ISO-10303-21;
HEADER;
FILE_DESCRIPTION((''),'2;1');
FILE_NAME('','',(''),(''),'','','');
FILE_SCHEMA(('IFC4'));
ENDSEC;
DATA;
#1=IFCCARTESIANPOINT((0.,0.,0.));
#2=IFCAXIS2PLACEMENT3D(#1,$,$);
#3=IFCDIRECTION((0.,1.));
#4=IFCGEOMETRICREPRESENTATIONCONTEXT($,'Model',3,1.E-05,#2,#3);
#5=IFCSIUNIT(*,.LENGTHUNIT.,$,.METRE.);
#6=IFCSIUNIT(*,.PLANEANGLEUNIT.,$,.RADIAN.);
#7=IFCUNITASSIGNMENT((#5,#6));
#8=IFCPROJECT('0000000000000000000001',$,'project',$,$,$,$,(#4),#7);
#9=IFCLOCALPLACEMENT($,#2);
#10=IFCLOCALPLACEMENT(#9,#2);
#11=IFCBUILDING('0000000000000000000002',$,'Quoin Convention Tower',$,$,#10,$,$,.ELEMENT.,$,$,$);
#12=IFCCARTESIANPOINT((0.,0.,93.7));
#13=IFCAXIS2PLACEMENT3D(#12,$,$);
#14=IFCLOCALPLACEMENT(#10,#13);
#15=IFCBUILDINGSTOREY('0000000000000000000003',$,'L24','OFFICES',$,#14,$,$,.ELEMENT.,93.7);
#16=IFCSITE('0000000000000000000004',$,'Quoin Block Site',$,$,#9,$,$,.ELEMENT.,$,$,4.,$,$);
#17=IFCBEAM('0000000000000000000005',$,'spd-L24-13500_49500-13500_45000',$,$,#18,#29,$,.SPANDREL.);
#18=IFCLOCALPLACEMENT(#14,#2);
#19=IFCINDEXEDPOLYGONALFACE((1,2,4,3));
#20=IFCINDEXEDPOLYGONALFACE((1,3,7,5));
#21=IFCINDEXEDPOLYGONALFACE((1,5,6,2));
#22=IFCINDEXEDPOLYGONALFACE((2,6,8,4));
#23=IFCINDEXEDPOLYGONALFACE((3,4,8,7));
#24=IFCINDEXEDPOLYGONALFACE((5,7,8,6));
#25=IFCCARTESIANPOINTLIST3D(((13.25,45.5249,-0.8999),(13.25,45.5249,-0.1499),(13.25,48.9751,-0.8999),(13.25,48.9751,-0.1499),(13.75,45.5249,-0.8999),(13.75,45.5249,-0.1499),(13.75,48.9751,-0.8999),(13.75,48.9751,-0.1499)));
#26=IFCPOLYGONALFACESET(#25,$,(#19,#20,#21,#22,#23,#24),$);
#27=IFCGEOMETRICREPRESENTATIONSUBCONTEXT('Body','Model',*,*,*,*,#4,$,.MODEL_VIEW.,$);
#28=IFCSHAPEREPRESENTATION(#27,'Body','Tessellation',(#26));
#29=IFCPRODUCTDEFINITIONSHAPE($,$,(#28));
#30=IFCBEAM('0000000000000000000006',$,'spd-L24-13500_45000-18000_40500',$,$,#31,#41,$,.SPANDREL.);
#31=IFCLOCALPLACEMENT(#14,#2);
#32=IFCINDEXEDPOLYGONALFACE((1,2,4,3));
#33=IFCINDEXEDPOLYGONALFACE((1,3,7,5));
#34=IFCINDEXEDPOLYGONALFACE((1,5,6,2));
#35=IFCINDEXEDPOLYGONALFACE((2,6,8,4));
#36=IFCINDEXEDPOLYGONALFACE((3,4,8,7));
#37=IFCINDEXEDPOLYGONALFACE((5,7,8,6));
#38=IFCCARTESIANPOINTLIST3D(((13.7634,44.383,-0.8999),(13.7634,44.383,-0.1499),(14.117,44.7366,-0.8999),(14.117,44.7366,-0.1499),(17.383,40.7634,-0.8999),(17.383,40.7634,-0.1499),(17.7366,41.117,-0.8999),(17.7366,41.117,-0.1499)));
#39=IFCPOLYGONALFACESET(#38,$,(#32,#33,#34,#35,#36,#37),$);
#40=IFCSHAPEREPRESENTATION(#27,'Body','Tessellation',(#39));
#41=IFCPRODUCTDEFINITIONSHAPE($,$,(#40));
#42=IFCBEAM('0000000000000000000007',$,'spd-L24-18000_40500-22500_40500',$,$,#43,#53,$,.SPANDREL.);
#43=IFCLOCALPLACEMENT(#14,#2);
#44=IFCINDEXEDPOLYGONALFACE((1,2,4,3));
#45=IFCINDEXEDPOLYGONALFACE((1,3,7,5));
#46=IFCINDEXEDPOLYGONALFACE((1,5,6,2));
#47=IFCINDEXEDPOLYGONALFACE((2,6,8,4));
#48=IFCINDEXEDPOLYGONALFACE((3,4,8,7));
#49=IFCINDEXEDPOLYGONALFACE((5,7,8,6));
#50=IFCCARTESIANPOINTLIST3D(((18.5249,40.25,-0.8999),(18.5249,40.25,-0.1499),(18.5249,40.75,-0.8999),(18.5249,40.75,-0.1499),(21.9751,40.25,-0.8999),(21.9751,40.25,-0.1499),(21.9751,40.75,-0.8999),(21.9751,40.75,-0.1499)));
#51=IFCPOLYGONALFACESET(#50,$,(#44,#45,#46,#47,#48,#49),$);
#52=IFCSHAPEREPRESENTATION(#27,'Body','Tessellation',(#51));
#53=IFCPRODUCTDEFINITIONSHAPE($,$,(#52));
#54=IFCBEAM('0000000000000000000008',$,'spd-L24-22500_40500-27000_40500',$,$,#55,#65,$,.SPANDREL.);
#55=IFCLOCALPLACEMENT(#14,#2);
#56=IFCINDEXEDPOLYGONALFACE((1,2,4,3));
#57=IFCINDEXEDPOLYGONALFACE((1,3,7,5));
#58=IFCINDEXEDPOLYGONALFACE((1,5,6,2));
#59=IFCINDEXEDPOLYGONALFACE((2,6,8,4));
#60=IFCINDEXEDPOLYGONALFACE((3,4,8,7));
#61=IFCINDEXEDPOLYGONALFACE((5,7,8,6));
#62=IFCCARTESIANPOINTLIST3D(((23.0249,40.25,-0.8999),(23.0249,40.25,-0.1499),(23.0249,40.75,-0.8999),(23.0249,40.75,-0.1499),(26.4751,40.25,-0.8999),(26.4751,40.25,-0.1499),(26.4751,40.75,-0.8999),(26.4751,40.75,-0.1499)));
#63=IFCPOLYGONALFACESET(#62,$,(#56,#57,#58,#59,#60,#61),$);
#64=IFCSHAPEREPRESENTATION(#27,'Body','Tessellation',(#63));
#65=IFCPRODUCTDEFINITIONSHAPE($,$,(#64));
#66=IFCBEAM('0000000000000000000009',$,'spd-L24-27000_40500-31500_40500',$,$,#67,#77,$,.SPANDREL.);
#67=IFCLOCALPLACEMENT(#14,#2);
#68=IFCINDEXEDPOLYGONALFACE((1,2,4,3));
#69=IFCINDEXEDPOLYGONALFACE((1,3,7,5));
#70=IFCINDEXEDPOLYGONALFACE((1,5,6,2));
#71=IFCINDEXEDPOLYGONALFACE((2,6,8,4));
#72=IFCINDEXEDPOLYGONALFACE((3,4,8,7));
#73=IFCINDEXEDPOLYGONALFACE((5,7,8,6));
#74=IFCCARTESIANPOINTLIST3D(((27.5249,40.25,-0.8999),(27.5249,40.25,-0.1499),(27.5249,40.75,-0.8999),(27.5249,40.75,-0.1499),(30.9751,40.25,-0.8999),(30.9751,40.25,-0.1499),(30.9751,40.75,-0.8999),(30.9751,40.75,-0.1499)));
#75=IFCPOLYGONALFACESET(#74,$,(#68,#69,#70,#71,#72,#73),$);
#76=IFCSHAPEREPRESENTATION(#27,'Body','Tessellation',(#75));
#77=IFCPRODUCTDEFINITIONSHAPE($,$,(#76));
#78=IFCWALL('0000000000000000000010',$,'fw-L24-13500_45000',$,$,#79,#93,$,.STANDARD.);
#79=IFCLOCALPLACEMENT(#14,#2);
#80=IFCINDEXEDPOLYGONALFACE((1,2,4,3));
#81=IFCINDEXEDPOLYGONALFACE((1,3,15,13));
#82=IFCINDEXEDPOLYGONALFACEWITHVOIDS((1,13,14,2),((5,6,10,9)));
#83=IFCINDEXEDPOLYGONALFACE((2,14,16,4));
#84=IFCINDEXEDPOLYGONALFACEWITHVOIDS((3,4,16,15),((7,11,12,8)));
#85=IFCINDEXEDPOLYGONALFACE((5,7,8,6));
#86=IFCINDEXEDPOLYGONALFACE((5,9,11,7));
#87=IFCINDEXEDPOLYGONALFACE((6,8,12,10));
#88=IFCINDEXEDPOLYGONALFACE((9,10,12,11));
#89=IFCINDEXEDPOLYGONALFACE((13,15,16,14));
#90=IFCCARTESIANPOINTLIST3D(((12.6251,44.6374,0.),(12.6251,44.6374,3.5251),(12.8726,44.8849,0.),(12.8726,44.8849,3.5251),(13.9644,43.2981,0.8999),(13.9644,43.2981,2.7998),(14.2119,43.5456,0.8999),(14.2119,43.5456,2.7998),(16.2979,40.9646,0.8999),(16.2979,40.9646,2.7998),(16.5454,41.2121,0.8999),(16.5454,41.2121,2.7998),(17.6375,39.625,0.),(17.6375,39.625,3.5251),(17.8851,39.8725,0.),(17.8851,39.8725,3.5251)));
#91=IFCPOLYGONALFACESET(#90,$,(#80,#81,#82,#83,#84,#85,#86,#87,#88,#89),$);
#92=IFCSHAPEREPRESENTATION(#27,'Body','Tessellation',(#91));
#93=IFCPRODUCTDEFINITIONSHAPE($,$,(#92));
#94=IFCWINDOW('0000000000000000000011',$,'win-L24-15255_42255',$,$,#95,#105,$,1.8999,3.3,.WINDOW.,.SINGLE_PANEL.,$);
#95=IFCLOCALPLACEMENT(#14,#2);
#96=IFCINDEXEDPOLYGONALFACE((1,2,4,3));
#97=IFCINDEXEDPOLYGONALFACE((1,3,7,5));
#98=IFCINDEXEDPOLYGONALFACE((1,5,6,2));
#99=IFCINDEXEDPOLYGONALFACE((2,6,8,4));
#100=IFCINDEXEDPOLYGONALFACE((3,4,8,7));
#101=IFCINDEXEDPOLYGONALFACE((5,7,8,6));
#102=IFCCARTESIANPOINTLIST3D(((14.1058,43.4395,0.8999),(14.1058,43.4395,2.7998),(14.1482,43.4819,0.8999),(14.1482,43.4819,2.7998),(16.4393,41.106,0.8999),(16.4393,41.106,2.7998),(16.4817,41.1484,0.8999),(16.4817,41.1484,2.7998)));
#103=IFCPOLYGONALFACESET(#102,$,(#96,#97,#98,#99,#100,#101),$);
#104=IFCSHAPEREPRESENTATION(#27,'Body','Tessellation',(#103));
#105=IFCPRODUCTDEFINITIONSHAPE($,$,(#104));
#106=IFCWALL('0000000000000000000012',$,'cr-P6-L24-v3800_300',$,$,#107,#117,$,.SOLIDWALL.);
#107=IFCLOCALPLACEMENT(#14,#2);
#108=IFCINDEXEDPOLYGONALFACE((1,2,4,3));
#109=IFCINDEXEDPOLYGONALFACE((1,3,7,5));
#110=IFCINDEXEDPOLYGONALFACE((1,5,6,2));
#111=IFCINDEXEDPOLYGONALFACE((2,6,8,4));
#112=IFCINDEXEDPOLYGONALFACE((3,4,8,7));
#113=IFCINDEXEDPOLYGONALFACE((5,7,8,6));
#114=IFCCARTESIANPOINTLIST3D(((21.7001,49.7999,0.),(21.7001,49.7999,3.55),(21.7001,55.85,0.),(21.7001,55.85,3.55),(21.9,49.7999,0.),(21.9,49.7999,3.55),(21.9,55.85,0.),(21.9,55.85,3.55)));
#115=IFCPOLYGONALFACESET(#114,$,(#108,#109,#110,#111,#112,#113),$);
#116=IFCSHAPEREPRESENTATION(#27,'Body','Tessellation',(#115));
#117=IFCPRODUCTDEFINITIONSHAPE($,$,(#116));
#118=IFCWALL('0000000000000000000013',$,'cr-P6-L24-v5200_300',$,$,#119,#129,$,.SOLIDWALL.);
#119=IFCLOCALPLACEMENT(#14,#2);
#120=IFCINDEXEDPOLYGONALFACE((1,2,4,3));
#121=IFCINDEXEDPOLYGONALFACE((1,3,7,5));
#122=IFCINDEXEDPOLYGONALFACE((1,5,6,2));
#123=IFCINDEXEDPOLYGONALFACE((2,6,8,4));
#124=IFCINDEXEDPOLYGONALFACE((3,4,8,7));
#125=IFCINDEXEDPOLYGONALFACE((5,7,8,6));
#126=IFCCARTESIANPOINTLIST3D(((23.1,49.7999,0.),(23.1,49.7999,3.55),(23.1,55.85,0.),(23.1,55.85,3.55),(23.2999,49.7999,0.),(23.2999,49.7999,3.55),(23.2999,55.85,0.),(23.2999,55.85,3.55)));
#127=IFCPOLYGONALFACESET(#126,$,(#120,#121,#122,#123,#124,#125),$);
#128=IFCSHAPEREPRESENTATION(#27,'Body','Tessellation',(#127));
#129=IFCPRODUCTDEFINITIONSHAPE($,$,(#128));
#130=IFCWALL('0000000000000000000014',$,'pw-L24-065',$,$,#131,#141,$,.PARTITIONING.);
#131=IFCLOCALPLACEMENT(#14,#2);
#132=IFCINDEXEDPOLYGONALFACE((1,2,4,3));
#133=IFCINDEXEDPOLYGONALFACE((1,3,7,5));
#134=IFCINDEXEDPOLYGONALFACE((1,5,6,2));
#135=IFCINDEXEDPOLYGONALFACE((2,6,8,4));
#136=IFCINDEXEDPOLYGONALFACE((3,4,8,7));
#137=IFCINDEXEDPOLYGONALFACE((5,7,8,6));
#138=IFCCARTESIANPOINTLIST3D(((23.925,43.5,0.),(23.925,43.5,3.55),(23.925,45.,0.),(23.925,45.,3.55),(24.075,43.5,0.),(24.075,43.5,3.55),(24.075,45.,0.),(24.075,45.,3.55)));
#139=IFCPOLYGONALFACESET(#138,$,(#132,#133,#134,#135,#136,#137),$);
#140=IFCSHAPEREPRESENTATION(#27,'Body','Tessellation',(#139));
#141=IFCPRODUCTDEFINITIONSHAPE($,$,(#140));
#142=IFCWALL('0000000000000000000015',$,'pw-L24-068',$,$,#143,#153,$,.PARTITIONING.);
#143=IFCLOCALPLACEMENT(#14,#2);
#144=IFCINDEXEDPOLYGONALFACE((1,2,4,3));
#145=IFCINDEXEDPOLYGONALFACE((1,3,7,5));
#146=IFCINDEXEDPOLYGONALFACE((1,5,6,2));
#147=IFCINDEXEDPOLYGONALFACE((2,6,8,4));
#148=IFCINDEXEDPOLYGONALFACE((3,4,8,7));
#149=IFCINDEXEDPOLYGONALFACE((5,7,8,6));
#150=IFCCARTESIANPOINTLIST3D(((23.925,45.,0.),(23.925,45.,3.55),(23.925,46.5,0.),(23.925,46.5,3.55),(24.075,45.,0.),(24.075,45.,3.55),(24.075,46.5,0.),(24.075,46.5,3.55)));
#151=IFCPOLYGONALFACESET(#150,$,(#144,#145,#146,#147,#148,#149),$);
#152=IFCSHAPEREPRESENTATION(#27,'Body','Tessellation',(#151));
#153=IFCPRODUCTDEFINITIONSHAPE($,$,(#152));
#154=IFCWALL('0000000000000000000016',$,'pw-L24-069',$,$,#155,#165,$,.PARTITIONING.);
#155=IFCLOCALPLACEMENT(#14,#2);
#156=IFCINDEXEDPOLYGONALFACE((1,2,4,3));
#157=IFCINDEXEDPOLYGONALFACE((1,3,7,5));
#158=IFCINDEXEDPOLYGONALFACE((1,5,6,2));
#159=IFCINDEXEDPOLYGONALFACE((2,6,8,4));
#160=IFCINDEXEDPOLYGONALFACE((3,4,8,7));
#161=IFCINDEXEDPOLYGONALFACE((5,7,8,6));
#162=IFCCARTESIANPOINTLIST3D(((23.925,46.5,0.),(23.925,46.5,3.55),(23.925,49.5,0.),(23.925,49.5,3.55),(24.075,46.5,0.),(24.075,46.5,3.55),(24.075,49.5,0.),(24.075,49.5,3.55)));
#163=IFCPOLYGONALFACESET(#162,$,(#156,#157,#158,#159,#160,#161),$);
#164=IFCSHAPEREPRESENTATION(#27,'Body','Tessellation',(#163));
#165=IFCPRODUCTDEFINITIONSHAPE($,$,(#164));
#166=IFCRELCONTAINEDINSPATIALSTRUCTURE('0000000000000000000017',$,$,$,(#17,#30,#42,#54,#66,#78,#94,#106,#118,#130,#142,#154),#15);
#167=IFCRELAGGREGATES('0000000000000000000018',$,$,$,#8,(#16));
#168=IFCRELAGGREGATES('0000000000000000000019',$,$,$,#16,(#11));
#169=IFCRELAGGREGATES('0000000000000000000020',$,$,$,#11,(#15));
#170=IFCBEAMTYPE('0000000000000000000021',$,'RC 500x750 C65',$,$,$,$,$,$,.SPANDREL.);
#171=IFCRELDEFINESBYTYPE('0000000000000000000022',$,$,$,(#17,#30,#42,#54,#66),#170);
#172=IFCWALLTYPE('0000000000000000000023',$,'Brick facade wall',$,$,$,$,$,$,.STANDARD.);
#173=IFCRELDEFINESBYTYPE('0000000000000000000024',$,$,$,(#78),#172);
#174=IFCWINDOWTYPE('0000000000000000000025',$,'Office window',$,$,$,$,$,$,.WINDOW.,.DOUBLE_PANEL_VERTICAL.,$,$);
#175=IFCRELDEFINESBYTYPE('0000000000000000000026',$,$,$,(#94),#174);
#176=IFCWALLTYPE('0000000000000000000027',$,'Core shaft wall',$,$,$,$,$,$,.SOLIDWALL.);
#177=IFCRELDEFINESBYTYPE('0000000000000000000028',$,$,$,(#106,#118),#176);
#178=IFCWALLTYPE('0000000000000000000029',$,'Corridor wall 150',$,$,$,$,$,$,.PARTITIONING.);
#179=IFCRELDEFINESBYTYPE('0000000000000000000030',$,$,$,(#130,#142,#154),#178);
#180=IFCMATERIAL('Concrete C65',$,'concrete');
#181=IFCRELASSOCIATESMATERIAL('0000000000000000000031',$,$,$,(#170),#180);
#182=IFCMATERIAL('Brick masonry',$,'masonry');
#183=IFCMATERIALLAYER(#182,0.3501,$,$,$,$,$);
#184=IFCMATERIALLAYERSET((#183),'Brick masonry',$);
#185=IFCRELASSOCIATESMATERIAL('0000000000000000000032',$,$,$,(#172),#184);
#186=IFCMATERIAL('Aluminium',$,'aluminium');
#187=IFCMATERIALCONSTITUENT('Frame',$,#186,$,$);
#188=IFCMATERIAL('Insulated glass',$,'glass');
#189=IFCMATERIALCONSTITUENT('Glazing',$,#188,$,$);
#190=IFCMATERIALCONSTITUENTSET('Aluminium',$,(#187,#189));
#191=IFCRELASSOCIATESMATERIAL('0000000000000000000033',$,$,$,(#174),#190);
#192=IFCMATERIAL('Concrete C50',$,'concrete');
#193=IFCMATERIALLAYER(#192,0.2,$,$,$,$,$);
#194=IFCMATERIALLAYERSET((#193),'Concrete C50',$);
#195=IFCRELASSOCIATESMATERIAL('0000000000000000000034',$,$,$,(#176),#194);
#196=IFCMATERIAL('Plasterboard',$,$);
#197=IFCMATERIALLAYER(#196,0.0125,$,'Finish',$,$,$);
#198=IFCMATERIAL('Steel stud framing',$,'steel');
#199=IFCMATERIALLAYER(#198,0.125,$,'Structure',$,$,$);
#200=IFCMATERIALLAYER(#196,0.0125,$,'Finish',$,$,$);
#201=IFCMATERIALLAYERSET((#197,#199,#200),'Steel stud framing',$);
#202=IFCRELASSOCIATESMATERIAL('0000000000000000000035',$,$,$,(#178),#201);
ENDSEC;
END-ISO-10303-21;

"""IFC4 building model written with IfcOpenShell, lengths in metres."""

from ifc_helpers import new_model, si_unit, direction, frame, frame_2d, origin, origin_2d, place, context, subcontext, project, spatial, rectangle, extrude, material, layer, layer_set, constituent, constituent_set, material_profile, profile_set, type_object, element, fill, save


model = new_model("IFC4")

# Units and contexts
model_context = context("Model", 3, precision=1e-05, world=origin(), true_north=direction((0.0, 1.0)))
body_context = subcontext(model_context, "Body", "Model", "MODEL_VIEW")
ifc_project = project(units=[si_unit("LENGTHUNIT", "METRE"), si_unit("PLANEANGLEUNIT", "RADIAN")], contexts=[model_context])

# Site, building, storey
site_placement = place(None, origin())
site = spatial("IfcSite", under=ifc_project, at=site_placement, Name="Quoin Block Site", CompositionType="ELEMENT", RefElevation=4.0)
building_placement = place(site_placement, origin())
building = spatial("IfcBuilding", under=site, at=building_placement, Name="Quoin Convention Tower", CompositionType="ELEMENT")
storey_placement = place(building_placement, frame((0.0, 0.0, 93.7)))
storey = spatial("IfcBuildingStorey", under=building, at=storey_placement, Name="L24", Description="OFFICES", CompositionType="ELEMENT", Elevation=93.7)

# Shared definitions
ifc_material_1 = material(Name="Concrete C65", Category="concrete")

# Beams
ifc_material_profile_1 = material_profile(ifc_material_1, rectangle(XDim=0.5, YDim=0.75, at=origin_2d()), Name="RC 500x750")
ifc_profile_set_1 = profile_set([ifc_material_profile_1], Name="Concrete C65")
beam_type_1 = type_object("IfcBeamType", Name="RC 500x750 C65", PredefinedType="SPANDREL", material=ifc_profile_set_1)
beam_1_placement = place(storey_placement, frame((13.5, 48.9751, -0.5249), z_axis=(0.0, -1.0, 0.0), x_axis=(1.0, 0.0, 0.0)))
element("IfcBeam", 1, at=beam_1_placement, inside=storey, type_object=beam_type_1, Name="spd-L24-13500_49500-13500_45000", PredefinedType="SPANDREL", context=body_context, shape_type="SweptSolid", body=[
    extrude(rectangle(XDim=0.5, YDim=0.75, at=origin_2d()), origin(), (0.0, 0.0, 1.0), 3.4502),
])
beam_2_placement = place(storey_placement, frame((13.9402, 44.5598, -0.5249), z_axis=(0.707107, -0.707107, 0.0), x_axis=(0.707107, 0.707107, 0.0)))
element("IfcBeam", 2, at=beam_2_placement, inside=storey, type_object=beam_type_1, Name="spd-L24-13500_45000-18000_40500", PredefinedType="SPANDREL", context=body_context, shape_type="SweptSolid", body=[
    extrude(rectangle(XDim=0.5, YDim=0.75, at=origin_2d()), origin(), (0.0, 0.0, 1.0), 5.1189),
])
for number, where, z_axis, x_axis, name in (
    (3, (18.5249, 40.5, -0.5249), (1.0, 0.0, 0.0), (0.0, 1.0, 0.0), "spd-L24-18000_40500-22500_40500"),
    (4, (23.0249, 40.5, -0.5249), (1.0, 0.0, 0.0), (0.0, 1.0, 0.0), "spd-L24-22500_40500-27000_40500"),
    (5, (27.5249, 40.5, -0.5249), (1.0, 0.0, 0.0), (0.0, 1.0, 0.0), "spd-L24-27000_40500-31500_40500"),
):
    element("IfcBeam", number, at=place(storey_placement, frame(where, z_axis=z_axis, x_axis=x_axis)), inside=storey, type_object=beam_type_1, Name=name, PredefinedType="SPANDREL", context=body_context, shape_type="SweptSolid", body=[
        extrude(rectangle(XDim=0.5, YDim=0.75, at=origin_2d()), origin(), (0.0, 0.0, 1.0), 3.4502),
    ])

# Wall, opening, window
ifc_material_2 = material(Name="Brick masonry", Category="masonry")
ifc_layer_1 = layer(ifc_material_2, 0.3501)
ifc_layer_set_1 = layer_set([ifc_layer_1], Name="Brick masonry")
wall_type_1 = type_object("IfcWallType", Name="Brick facade wall", PredefinedType="STANDARD", material=ifc_layer_set_1)
wall_1_placement = place(storey_placement, frame((12.7488, 44.7612, 0.0), z_axis=(0.0, 0.0, 1.0), x_axis=(0.707107, -0.707107, 0.0)))
wall_1 = element("IfcWall", 6, at=wall_1_placement, inside=storey, type_object=wall_type_1, Name="fw-L24-13500_45000", PredefinedType="STANDARD", context=body_context, shape_type="SweptSolid", body=[
    extrude(rectangle(XDim=7.0886, YDim=0.3501, at=frame_2d((3.5444, 0.0))), origin(), (0.0, 0.0, 1.0), 3.5251),
])
opening_1_placement = place(wall_1_placement, frame((1.8943, 0.0, 0.8999)))
opening_1 = element("IfcOpeningElement", 7, at=opening_1_placement, cuts=wall_1, PredefinedType="OPENING", context=body_context, shape_type="SweptSolid", body=[
    extrude(rectangle(XDim=3.3, YDim=1.8999, at=frame_2d((1.6499, 0.95))), frame((0.0, 0.1851, 0.0), z_axis=(0.0, -1.0, 0.0), x_axis=(1.0, 0.0, 0.0)), (0.0, 0.0, 1.0), 0.3701),
])
ifc_material_3 = material(Name="Aluminium", Category="aluminium")
ifc_constituent_1 = constituent(ifc_material_3, Name="Frame")
ifc_material_4 = material(Name="Insulated glass", Category="glass")
ifc_constituent_2 = constituent(ifc_material_4, Name="Glazing")
ifc_constituent_set = constituent_set(constituents=[ifc_constituent_1, ifc_constituent_2], Name="Aluminium")
window_type = type_object("IfcWindowType", Name="Office window", PartitioningType="DOUBLE_PANEL_VERTICAL", PredefinedType="WINDOW", material=ifc_constituent_set)
window_placement = place(opening_1_placement, origin())
window = element("IfcWindow", 8, at=window_placement, inside=storey, type_object=window_type, Name="win-L24-15255_42255", OverallHeight=1.8999, OverallWidth=3.3, PartitioningType="SINGLE_PANEL", PredefinedType="WINDOW", context=body_context, shape_type="SweptSolid", body=[
    extrude(rectangle(XDim=3.3, YDim=1.8999, at=frame_2d((1.6499, 0.95))), frame((0.0, 0.085, 0.0), z_axis=(0.0, -1.0, 0.0), x_axis=(1.0, 0.0, 0.0)), (0.0, 0.0, 1.0), 0.0601),
])
fill(opening_1, window)

# Walls
ifc_material_5 = material(Name="Concrete C50", Category="concrete")
ifc_layer_2 = layer(ifc_material_5, 0.2)
ifc_layer_set_2 = layer_set([ifc_layer_2], Name="Concrete C50")
wall_type_2 = type_object("IfcWallType", Name="Core shaft wall", PredefinedType="SOLIDWALL", material=ifc_layer_set_2)
for number, where, z_axis, x_axis, name in (
    (9, (21.8, 49.8, 0.0), (0.0, 0.0, 1.0), (0.0, 1.0, 0.0), "cr-P6-L24-v3800_300"),
    (10, (23.2, 49.8, 0.0), (0.0, 0.0, 1.0), (0.0, 1.0, 0.0), "cr-P6-L24-v5200_300"),
):
    element("IfcWall", number, at=place(storey_placement, frame(where, z_axis=z_axis, x_axis=x_axis)), inside=storey, type_object=wall_type_2, Name=name, PredefinedType="SOLIDWALL", context=body_context, shape_type="SweptSolid", body=[
        extrude(rectangle(XDim=6.05, YDim=0.2, at=frame_2d((3.0249, 0.0))), origin(), (0.0, 0.0, 1.0), 3.55),
    ])
ifc_material_6 = material(Name="Plasterboard")
ifc_layer_3 = layer(ifc_material_6, 0.0125, Name="Finish")
ifc_material_7 = material(Name="Steel stud framing", Category="steel")
ifc_layer_4 = layer(ifc_material_7, 0.125, Name="Structure")
ifc_layer_5 = layer(ifc_material_6, 0.0125, Name="Finish")
ifc_layer_set_3 = layer_set([ifc_layer_3, ifc_layer_4, ifc_layer_5], Name="Steel stud framing")
wall_type_3 = type_object("IfcWallType", Name="Corridor wall 150", PredefinedType="PARTITIONING", material=ifc_layer_set_3)
for number, where, z_axis, x_axis, name in (
    (11, (24.0, 43.5, 0.0), (0.0, 0.0, 1.0), (0.0, 1.0, 0.0), "pw-L24-065"),
    (12, (24.0, 45.0, 0.0), (0.0, 0.0, 1.0), (0.0, 1.0, 0.0), "pw-L24-068"),
):
    element("IfcWall", number, at=place(storey_placement, frame(where, z_axis=z_axis, x_axis=x_axis)), inside=storey, type_object=wall_type_3, Name=name, PredefinedType="PARTITIONING", context=body_context, shape_type="SweptSolid", body=[
        extrude(rectangle(XDim=1.5, YDim=0.1499, at=frame_2d((0.75, 0.0))), origin(), (0.0, 0.0, 1.0), 3.55),
    ])
wall_2_placement = place(storey_placement, frame((24.0, 46.5, 0.0), z_axis=(0.0, 0.0, 1.0), x_axis=(0.0, 1.0, 0.0)))
element("IfcWall", 13, at=wall_2_placement, inside=storey, type_object=wall_type_3, Name="pw-L24-069", PredefinedType="PARTITIONING", context=body_context, shape_type="SweptSolid", body=[
    extrude(rectangle(XDim=3.0, YDim=0.1499, at=frame_2d((1.5, 0.0))), origin(), (0.0, 0.0, 1.0), 3.55),
])

save(model, "model.ifc")
